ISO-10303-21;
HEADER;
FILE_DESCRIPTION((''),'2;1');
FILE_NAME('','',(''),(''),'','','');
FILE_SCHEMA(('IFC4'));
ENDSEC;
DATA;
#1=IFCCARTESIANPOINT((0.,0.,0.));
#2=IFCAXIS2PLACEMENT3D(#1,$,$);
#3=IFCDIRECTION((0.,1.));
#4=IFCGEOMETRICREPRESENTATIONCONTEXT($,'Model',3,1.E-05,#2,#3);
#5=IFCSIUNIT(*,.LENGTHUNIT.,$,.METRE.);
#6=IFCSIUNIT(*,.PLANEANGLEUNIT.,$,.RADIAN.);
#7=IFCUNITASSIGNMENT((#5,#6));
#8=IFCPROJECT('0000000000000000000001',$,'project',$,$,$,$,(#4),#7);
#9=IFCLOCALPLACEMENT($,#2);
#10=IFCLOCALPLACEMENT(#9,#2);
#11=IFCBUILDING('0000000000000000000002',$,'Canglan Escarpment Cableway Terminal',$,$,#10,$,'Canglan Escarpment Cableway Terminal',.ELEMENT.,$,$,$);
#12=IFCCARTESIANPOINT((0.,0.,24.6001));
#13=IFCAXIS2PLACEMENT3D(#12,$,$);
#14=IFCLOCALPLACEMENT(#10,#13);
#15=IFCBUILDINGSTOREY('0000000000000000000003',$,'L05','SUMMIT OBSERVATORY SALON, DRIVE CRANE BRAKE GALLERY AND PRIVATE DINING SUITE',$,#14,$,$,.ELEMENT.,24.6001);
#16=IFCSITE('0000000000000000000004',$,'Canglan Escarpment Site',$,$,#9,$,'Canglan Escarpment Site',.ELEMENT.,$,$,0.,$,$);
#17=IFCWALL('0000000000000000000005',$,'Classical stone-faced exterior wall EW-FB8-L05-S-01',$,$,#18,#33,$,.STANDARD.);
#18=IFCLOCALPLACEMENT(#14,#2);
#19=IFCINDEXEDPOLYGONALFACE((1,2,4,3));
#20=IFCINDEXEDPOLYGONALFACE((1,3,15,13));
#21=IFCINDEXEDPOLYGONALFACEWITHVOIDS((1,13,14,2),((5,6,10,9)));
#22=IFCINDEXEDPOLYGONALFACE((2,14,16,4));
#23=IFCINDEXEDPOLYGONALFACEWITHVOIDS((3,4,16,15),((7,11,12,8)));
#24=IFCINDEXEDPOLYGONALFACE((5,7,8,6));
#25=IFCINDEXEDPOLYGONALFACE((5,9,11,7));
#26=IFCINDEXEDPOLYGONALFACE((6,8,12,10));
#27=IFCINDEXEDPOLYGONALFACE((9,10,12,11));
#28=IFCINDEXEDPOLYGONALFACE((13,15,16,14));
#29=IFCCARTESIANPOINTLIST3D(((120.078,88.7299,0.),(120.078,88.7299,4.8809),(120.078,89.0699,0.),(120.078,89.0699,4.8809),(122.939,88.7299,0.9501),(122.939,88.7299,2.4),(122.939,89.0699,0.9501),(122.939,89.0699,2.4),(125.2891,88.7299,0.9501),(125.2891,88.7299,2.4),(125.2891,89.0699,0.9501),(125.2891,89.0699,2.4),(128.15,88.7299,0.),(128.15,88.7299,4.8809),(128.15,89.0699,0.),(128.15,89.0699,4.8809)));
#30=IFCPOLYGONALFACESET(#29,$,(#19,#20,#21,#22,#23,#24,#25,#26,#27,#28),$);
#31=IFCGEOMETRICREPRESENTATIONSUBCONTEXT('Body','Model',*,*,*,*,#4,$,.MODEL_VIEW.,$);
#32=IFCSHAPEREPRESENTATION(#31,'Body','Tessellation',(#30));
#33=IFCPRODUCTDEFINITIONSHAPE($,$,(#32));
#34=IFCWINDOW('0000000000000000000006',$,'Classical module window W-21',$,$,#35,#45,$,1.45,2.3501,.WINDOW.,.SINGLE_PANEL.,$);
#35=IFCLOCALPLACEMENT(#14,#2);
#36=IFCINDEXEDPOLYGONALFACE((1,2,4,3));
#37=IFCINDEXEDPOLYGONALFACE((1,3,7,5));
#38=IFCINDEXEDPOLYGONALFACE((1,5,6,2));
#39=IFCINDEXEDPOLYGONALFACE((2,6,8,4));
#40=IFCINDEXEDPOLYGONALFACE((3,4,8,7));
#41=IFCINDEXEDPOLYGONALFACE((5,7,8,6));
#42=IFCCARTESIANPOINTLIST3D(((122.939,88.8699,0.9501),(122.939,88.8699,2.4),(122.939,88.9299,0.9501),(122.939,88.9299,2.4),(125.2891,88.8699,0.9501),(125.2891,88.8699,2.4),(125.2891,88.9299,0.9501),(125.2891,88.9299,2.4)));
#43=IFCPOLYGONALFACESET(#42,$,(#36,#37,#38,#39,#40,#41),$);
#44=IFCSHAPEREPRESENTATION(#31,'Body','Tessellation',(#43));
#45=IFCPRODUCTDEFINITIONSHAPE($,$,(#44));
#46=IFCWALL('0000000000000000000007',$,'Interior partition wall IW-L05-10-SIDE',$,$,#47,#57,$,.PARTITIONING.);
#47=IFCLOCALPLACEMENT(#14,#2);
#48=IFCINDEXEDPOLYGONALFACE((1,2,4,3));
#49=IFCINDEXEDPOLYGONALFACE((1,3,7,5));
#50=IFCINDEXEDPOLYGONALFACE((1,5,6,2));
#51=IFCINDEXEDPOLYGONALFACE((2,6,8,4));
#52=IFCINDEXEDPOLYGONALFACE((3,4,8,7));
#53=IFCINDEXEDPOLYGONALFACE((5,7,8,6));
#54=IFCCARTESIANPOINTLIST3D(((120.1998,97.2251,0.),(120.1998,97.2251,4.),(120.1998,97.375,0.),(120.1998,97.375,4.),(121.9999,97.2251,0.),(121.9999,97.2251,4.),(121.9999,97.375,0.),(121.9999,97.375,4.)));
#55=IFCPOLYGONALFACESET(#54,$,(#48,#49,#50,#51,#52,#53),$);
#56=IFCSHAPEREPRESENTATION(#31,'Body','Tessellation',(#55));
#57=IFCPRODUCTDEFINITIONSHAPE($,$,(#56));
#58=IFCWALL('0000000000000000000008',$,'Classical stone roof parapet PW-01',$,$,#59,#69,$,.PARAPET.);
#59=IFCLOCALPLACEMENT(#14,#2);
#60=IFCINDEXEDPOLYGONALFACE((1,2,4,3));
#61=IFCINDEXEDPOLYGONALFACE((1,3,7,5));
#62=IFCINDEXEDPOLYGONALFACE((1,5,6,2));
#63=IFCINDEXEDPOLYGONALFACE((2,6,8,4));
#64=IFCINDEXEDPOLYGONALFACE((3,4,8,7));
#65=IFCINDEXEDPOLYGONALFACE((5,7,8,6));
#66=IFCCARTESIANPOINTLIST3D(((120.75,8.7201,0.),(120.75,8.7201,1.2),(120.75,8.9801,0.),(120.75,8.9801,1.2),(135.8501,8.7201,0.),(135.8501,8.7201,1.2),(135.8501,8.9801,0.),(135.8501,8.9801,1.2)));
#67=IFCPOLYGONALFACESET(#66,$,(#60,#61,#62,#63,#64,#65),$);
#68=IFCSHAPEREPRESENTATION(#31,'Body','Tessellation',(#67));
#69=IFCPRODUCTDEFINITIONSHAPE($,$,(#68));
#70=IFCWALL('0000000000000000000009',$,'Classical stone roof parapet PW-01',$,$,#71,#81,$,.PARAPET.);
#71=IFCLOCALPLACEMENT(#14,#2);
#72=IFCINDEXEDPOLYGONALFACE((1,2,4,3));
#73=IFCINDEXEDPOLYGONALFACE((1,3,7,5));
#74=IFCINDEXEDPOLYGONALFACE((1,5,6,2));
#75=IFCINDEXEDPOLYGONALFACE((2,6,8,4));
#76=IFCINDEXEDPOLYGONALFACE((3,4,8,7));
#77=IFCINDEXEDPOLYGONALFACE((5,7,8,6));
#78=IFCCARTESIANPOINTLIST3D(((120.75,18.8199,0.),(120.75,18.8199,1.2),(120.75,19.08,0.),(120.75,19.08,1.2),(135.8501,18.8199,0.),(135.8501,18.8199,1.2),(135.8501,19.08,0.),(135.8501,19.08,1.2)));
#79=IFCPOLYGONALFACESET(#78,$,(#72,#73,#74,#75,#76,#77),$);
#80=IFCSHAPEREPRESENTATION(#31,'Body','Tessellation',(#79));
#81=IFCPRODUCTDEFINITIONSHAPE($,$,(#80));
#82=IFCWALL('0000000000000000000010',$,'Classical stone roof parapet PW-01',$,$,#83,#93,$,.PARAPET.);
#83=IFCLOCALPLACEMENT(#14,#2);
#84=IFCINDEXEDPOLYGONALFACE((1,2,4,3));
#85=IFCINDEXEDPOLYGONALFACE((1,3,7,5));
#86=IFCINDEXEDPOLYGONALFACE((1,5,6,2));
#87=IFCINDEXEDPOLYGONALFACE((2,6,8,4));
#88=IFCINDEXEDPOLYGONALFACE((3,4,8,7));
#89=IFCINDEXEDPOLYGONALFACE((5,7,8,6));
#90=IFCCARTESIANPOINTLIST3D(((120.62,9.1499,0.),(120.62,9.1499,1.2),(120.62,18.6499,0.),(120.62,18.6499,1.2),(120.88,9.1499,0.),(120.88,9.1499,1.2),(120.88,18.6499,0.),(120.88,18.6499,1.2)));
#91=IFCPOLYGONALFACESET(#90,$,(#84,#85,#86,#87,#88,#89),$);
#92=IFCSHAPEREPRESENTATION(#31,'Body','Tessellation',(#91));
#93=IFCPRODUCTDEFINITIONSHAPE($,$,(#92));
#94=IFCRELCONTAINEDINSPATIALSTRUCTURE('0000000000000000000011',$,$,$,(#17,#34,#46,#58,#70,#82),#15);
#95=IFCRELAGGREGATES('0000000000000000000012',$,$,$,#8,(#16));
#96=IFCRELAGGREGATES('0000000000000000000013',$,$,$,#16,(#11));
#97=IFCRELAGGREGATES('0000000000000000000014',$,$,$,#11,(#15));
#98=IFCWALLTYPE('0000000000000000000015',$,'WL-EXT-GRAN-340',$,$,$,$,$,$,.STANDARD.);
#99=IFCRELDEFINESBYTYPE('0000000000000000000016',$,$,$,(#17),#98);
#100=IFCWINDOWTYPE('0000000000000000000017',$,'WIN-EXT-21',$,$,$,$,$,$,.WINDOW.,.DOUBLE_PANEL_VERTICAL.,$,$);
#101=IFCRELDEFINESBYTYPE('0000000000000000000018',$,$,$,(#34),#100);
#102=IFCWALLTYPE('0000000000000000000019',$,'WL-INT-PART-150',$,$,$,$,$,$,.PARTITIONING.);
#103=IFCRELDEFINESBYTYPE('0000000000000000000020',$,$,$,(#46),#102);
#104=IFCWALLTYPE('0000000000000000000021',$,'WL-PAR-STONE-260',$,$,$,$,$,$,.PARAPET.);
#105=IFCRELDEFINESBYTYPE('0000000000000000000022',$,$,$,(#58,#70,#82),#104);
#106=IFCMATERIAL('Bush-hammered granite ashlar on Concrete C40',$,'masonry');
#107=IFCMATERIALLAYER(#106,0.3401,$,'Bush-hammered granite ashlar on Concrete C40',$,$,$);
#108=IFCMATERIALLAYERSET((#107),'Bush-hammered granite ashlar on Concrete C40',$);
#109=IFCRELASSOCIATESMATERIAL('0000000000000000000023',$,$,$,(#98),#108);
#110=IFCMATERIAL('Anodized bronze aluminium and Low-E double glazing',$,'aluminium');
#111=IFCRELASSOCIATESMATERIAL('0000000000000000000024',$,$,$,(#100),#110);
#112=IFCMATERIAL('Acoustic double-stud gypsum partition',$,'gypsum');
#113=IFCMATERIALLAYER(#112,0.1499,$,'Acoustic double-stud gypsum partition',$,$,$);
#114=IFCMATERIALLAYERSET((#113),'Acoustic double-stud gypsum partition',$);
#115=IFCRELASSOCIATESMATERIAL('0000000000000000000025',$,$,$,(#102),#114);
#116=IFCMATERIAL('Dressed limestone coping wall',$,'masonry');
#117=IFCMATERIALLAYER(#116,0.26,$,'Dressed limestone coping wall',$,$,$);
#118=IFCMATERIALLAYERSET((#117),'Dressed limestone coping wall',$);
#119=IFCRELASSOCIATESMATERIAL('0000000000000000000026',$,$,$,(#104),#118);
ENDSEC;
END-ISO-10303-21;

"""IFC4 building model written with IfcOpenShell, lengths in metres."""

from ifc_helpers import new_model, si_unit, direction, frame, frame_2d, origin, place, context, subcontext, project, spatial, rectangle, extrude, material, layer, layer_set, type_object, element, fill, save


model = new_model("IFC4")

# Units and contexts
model_context = context("Model", 3, precision=1e-05, world=origin(), true_north=direction((0.0, 1.0)))
body_context = subcontext(model_context, "Body", "Model", "MODEL_VIEW")
ifc_project = project(units=[si_unit("LENGTHUNIT", "METRE"), si_unit("PLANEANGLEUNIT", "RADIAN")], contexts=[model_context])

# Site, building, storey
site_placement = place(None, origin())
site = spatial("IfcSite", under=ifc_project, at=site_placement, Name="Canglan Escarpment Site", LongName="Canglan Escarpment Site", CompositionType="ELEMENT", RefElevation=0.0)
building_placement = place(site_placement, origin())
building = spatial("IfcBuilding", under=site, at=building_placement, Name="Canglan Escarpment Cableway Terminal", LongName="Canglan Escarpment Cableway Terminal", CompositionType="ELEMENT")
storey_placement = place(building_placement, frame((0.0, 0.0, 24.6001)))
storey = spatial("IfcBuildingStorey", under=building, at=storey_placement, Name="L05", Description="SUMMIT OBSERVATORY SALON, DRIVE CRANE BRAKE GALLERY AND PRIVATE DINING SUITE", CompositionType="ELEMENT", Elevation=24.6001)

# Shared definitions
ifc_material_1 = material(Name="Anodized bronze aluminium and Low-E double glazing", Category="aluminium")

# Wall, opening, window
ifc_material_2 = material(Name="Bush-hammered granite ashlar on Concrete C40", Category="masonry")
ifc_layer_1 = layer(ifc_material_2, 0.3401, Name="Bush-hammered granite ashlar on Concrete C40")
ifc_layer_set_1 = layer_set([ifc_layer_1], Name="Bush-hammered granite ashlar on Concrete C40")
wall_type_1 = type_object("IfcWallType", Name="WL-EXT-GRAN-340", PredefinedType="STANDARD", material=ifc_layer_set_1)
wall_1_placement = place(storey_placement, frame((120.0779, 88.8999, 0.0), z_axis=(0.0, 0.0, 1.0), x_axis=(1.0, 0.0, 0.0)))
wall_1 = element("IfcWall", 1, at=wall_1_placement, inside=storey, type_object=wall_type_1, Name="Classical stone-faced exterior wall EW-FB8-L05-S-01", PredefinedType="STANDARD", context=body_context, shape_type="SweptSolid", body=[
    extrude(rectangle(XDim=8.072, YDim=0.3401, at=frame_2d((4.0361, 0.0))), origin(), (0.0, 0.0, 1.0), 4.8809),
])
opening_1_placement = place(wall_1_placement, frame((2.8611, 0.0, 0.95)))
opening_1 = element("IfcOpeningElement", 2, at=opening_1_placement, cuts=wall_1, PredefinedType="OPENING", context=body_context, shape_type="SweptSolid", body=[
    extrude(rectangle(XDim=2.3501, YDim=1.45, at=frame_2d((1.175, 0.7251))), frame((0.0, 0.1802, 0.0), z_axis=(0.0, -1.0, 0.0), x_axis=(1.0, 0.0, 0.0)), (0.0, 0.0, 1.0), 0.3601),
])
window_type = type_object("IfcWindowType", Name="WIN-EXT-21", PartitioningType="DOUBLE_PANEL_VERTICAL", PredefinedType="WINDOW", material=ifc_material_1)
window_placement = place(opening_1_placement, origin())
window = element("IfcWindow", 3, at=window_placement, inside=storey, type_object=window_type, Name="Classical module window W-21", OverallHeight=1.45, OverallWidth=2.3501, PartitioningType="SINGLE_PANEL", PredefinedType="WINDOW", context=body_context, shape_type="SweptSolid", body=[
    extrude(rectangle(XDim=2.3501, YDim=1.45, at=frame_2d((1.175, 0.7251))), frame((0.0, 0.03, 0.0), z_axis=(0.0, -1.0, 0.0), x_axis=(1.0, 0.0, 0.0)), (0.0, 0.0, 1.0), 0.0601),
])
fill(opening_1, window)

# Walls
ifc_material_3 = material(Name="Acoustic double-stud gypsum partition", Category="gypsum")
ifc_layer_2 = layer(ifc_material_3, 0.1499, Name="Acoustic double-stud gypsum partition")
ifc_layer_set_2 = layer_set([ifc_layer_2], Name="Acoustic double-stud gypsum partition")
wall_type_2 = type_object("IfcWallType", Name="WL-INT-PART-150", PredefinedType="PARTITIONING", material=ifc_layer_set_2)
wall_2_placement = place(storey_placement, frame((120.2, 97.3, 0.0), z_axis=(0.0, 0.0, 1.0), x_axis=(1.0, 0.0, 0.0)))
element("IfcWall", 4, at=wall_2_placement, inside=storey, type_object=wall_type_2, Name="Interior partition wall IW-L05-10-SIDE", PredefinedType="PARTITIONING", context=body_context, shape_type="SweptSolid", body=[
    extrude(rectangle(XDim=1.8, YDim=0.1499, at=frame_2d((0.8999, 0.0))), origin(), (0.0, 0.0, 1.0), 4.0),
])
ifc_material_4 = material(Name="Dressed limestone coping wall", Category="masonry")
ifc_layer_3 = layer(ifc_material_4, 0.26, Name="Dressed limestone coping wall")
ifc_layer_set_3 = layer_set([ifc_layer_3], Name="Dressed limestone coping wall")
wall_type_3 = type_object("IfcWallType", Name="WL-PAR-STONE-260", PredefinedType="PARAPET", material=ifc_layer_set_3)
for number, where, z_axis, x_axis, name in (
    (5, (120.75, 8.8501, 0.0), (0.0, 0.0, 1.0), (1.0, 0.0, 0.0), "Classical stone roof parapet PW-01"),
    (6, (120.75, 18.95, 0.0), (0.0, 0.0, 1.0), (1.0, 0.0, 0.0), "Classical stone roof parapet PW-01"),
):
    element("IfcWall", number, at=place(storey_placement, frame(where, z_axis=z_axis, x_axis=x_axis)), inside=storey, type_object=wall_type_3, Name=name, PredefinedType="PARAPET", context=body_context, shape_type="SweptSolid", body=[
        extrude(rectangle(XDim=15.1001, YDim=0.26, at=frame_2d((7.55, 0.0))), origin(), (0.0, 0.0, 1.0), 1.2),
    ])
wall_3_placement = place(storey_placement, frame((120.75, 9.1499, 0.0), z_axis=(0.0, 0.0, 1.0), x_axis=(0.0, 1.0, 0.0)))
element("IfcWall", 7, at=wall_3_placement, inside=storey, type_object=wall_type_3, Name="Classical stone roof parapet PW-01", PredefinedType="PARAPET", context=body_context, shape_type="SweptSolid", body=[
    extrude(rectangle(XDim=9.5, YDim=0.26, at=frame_2d((4.75, 0.0))), origin(), (0.0, 0.0, 1.0), 1.2),
])

save(model, "model.ifc")
